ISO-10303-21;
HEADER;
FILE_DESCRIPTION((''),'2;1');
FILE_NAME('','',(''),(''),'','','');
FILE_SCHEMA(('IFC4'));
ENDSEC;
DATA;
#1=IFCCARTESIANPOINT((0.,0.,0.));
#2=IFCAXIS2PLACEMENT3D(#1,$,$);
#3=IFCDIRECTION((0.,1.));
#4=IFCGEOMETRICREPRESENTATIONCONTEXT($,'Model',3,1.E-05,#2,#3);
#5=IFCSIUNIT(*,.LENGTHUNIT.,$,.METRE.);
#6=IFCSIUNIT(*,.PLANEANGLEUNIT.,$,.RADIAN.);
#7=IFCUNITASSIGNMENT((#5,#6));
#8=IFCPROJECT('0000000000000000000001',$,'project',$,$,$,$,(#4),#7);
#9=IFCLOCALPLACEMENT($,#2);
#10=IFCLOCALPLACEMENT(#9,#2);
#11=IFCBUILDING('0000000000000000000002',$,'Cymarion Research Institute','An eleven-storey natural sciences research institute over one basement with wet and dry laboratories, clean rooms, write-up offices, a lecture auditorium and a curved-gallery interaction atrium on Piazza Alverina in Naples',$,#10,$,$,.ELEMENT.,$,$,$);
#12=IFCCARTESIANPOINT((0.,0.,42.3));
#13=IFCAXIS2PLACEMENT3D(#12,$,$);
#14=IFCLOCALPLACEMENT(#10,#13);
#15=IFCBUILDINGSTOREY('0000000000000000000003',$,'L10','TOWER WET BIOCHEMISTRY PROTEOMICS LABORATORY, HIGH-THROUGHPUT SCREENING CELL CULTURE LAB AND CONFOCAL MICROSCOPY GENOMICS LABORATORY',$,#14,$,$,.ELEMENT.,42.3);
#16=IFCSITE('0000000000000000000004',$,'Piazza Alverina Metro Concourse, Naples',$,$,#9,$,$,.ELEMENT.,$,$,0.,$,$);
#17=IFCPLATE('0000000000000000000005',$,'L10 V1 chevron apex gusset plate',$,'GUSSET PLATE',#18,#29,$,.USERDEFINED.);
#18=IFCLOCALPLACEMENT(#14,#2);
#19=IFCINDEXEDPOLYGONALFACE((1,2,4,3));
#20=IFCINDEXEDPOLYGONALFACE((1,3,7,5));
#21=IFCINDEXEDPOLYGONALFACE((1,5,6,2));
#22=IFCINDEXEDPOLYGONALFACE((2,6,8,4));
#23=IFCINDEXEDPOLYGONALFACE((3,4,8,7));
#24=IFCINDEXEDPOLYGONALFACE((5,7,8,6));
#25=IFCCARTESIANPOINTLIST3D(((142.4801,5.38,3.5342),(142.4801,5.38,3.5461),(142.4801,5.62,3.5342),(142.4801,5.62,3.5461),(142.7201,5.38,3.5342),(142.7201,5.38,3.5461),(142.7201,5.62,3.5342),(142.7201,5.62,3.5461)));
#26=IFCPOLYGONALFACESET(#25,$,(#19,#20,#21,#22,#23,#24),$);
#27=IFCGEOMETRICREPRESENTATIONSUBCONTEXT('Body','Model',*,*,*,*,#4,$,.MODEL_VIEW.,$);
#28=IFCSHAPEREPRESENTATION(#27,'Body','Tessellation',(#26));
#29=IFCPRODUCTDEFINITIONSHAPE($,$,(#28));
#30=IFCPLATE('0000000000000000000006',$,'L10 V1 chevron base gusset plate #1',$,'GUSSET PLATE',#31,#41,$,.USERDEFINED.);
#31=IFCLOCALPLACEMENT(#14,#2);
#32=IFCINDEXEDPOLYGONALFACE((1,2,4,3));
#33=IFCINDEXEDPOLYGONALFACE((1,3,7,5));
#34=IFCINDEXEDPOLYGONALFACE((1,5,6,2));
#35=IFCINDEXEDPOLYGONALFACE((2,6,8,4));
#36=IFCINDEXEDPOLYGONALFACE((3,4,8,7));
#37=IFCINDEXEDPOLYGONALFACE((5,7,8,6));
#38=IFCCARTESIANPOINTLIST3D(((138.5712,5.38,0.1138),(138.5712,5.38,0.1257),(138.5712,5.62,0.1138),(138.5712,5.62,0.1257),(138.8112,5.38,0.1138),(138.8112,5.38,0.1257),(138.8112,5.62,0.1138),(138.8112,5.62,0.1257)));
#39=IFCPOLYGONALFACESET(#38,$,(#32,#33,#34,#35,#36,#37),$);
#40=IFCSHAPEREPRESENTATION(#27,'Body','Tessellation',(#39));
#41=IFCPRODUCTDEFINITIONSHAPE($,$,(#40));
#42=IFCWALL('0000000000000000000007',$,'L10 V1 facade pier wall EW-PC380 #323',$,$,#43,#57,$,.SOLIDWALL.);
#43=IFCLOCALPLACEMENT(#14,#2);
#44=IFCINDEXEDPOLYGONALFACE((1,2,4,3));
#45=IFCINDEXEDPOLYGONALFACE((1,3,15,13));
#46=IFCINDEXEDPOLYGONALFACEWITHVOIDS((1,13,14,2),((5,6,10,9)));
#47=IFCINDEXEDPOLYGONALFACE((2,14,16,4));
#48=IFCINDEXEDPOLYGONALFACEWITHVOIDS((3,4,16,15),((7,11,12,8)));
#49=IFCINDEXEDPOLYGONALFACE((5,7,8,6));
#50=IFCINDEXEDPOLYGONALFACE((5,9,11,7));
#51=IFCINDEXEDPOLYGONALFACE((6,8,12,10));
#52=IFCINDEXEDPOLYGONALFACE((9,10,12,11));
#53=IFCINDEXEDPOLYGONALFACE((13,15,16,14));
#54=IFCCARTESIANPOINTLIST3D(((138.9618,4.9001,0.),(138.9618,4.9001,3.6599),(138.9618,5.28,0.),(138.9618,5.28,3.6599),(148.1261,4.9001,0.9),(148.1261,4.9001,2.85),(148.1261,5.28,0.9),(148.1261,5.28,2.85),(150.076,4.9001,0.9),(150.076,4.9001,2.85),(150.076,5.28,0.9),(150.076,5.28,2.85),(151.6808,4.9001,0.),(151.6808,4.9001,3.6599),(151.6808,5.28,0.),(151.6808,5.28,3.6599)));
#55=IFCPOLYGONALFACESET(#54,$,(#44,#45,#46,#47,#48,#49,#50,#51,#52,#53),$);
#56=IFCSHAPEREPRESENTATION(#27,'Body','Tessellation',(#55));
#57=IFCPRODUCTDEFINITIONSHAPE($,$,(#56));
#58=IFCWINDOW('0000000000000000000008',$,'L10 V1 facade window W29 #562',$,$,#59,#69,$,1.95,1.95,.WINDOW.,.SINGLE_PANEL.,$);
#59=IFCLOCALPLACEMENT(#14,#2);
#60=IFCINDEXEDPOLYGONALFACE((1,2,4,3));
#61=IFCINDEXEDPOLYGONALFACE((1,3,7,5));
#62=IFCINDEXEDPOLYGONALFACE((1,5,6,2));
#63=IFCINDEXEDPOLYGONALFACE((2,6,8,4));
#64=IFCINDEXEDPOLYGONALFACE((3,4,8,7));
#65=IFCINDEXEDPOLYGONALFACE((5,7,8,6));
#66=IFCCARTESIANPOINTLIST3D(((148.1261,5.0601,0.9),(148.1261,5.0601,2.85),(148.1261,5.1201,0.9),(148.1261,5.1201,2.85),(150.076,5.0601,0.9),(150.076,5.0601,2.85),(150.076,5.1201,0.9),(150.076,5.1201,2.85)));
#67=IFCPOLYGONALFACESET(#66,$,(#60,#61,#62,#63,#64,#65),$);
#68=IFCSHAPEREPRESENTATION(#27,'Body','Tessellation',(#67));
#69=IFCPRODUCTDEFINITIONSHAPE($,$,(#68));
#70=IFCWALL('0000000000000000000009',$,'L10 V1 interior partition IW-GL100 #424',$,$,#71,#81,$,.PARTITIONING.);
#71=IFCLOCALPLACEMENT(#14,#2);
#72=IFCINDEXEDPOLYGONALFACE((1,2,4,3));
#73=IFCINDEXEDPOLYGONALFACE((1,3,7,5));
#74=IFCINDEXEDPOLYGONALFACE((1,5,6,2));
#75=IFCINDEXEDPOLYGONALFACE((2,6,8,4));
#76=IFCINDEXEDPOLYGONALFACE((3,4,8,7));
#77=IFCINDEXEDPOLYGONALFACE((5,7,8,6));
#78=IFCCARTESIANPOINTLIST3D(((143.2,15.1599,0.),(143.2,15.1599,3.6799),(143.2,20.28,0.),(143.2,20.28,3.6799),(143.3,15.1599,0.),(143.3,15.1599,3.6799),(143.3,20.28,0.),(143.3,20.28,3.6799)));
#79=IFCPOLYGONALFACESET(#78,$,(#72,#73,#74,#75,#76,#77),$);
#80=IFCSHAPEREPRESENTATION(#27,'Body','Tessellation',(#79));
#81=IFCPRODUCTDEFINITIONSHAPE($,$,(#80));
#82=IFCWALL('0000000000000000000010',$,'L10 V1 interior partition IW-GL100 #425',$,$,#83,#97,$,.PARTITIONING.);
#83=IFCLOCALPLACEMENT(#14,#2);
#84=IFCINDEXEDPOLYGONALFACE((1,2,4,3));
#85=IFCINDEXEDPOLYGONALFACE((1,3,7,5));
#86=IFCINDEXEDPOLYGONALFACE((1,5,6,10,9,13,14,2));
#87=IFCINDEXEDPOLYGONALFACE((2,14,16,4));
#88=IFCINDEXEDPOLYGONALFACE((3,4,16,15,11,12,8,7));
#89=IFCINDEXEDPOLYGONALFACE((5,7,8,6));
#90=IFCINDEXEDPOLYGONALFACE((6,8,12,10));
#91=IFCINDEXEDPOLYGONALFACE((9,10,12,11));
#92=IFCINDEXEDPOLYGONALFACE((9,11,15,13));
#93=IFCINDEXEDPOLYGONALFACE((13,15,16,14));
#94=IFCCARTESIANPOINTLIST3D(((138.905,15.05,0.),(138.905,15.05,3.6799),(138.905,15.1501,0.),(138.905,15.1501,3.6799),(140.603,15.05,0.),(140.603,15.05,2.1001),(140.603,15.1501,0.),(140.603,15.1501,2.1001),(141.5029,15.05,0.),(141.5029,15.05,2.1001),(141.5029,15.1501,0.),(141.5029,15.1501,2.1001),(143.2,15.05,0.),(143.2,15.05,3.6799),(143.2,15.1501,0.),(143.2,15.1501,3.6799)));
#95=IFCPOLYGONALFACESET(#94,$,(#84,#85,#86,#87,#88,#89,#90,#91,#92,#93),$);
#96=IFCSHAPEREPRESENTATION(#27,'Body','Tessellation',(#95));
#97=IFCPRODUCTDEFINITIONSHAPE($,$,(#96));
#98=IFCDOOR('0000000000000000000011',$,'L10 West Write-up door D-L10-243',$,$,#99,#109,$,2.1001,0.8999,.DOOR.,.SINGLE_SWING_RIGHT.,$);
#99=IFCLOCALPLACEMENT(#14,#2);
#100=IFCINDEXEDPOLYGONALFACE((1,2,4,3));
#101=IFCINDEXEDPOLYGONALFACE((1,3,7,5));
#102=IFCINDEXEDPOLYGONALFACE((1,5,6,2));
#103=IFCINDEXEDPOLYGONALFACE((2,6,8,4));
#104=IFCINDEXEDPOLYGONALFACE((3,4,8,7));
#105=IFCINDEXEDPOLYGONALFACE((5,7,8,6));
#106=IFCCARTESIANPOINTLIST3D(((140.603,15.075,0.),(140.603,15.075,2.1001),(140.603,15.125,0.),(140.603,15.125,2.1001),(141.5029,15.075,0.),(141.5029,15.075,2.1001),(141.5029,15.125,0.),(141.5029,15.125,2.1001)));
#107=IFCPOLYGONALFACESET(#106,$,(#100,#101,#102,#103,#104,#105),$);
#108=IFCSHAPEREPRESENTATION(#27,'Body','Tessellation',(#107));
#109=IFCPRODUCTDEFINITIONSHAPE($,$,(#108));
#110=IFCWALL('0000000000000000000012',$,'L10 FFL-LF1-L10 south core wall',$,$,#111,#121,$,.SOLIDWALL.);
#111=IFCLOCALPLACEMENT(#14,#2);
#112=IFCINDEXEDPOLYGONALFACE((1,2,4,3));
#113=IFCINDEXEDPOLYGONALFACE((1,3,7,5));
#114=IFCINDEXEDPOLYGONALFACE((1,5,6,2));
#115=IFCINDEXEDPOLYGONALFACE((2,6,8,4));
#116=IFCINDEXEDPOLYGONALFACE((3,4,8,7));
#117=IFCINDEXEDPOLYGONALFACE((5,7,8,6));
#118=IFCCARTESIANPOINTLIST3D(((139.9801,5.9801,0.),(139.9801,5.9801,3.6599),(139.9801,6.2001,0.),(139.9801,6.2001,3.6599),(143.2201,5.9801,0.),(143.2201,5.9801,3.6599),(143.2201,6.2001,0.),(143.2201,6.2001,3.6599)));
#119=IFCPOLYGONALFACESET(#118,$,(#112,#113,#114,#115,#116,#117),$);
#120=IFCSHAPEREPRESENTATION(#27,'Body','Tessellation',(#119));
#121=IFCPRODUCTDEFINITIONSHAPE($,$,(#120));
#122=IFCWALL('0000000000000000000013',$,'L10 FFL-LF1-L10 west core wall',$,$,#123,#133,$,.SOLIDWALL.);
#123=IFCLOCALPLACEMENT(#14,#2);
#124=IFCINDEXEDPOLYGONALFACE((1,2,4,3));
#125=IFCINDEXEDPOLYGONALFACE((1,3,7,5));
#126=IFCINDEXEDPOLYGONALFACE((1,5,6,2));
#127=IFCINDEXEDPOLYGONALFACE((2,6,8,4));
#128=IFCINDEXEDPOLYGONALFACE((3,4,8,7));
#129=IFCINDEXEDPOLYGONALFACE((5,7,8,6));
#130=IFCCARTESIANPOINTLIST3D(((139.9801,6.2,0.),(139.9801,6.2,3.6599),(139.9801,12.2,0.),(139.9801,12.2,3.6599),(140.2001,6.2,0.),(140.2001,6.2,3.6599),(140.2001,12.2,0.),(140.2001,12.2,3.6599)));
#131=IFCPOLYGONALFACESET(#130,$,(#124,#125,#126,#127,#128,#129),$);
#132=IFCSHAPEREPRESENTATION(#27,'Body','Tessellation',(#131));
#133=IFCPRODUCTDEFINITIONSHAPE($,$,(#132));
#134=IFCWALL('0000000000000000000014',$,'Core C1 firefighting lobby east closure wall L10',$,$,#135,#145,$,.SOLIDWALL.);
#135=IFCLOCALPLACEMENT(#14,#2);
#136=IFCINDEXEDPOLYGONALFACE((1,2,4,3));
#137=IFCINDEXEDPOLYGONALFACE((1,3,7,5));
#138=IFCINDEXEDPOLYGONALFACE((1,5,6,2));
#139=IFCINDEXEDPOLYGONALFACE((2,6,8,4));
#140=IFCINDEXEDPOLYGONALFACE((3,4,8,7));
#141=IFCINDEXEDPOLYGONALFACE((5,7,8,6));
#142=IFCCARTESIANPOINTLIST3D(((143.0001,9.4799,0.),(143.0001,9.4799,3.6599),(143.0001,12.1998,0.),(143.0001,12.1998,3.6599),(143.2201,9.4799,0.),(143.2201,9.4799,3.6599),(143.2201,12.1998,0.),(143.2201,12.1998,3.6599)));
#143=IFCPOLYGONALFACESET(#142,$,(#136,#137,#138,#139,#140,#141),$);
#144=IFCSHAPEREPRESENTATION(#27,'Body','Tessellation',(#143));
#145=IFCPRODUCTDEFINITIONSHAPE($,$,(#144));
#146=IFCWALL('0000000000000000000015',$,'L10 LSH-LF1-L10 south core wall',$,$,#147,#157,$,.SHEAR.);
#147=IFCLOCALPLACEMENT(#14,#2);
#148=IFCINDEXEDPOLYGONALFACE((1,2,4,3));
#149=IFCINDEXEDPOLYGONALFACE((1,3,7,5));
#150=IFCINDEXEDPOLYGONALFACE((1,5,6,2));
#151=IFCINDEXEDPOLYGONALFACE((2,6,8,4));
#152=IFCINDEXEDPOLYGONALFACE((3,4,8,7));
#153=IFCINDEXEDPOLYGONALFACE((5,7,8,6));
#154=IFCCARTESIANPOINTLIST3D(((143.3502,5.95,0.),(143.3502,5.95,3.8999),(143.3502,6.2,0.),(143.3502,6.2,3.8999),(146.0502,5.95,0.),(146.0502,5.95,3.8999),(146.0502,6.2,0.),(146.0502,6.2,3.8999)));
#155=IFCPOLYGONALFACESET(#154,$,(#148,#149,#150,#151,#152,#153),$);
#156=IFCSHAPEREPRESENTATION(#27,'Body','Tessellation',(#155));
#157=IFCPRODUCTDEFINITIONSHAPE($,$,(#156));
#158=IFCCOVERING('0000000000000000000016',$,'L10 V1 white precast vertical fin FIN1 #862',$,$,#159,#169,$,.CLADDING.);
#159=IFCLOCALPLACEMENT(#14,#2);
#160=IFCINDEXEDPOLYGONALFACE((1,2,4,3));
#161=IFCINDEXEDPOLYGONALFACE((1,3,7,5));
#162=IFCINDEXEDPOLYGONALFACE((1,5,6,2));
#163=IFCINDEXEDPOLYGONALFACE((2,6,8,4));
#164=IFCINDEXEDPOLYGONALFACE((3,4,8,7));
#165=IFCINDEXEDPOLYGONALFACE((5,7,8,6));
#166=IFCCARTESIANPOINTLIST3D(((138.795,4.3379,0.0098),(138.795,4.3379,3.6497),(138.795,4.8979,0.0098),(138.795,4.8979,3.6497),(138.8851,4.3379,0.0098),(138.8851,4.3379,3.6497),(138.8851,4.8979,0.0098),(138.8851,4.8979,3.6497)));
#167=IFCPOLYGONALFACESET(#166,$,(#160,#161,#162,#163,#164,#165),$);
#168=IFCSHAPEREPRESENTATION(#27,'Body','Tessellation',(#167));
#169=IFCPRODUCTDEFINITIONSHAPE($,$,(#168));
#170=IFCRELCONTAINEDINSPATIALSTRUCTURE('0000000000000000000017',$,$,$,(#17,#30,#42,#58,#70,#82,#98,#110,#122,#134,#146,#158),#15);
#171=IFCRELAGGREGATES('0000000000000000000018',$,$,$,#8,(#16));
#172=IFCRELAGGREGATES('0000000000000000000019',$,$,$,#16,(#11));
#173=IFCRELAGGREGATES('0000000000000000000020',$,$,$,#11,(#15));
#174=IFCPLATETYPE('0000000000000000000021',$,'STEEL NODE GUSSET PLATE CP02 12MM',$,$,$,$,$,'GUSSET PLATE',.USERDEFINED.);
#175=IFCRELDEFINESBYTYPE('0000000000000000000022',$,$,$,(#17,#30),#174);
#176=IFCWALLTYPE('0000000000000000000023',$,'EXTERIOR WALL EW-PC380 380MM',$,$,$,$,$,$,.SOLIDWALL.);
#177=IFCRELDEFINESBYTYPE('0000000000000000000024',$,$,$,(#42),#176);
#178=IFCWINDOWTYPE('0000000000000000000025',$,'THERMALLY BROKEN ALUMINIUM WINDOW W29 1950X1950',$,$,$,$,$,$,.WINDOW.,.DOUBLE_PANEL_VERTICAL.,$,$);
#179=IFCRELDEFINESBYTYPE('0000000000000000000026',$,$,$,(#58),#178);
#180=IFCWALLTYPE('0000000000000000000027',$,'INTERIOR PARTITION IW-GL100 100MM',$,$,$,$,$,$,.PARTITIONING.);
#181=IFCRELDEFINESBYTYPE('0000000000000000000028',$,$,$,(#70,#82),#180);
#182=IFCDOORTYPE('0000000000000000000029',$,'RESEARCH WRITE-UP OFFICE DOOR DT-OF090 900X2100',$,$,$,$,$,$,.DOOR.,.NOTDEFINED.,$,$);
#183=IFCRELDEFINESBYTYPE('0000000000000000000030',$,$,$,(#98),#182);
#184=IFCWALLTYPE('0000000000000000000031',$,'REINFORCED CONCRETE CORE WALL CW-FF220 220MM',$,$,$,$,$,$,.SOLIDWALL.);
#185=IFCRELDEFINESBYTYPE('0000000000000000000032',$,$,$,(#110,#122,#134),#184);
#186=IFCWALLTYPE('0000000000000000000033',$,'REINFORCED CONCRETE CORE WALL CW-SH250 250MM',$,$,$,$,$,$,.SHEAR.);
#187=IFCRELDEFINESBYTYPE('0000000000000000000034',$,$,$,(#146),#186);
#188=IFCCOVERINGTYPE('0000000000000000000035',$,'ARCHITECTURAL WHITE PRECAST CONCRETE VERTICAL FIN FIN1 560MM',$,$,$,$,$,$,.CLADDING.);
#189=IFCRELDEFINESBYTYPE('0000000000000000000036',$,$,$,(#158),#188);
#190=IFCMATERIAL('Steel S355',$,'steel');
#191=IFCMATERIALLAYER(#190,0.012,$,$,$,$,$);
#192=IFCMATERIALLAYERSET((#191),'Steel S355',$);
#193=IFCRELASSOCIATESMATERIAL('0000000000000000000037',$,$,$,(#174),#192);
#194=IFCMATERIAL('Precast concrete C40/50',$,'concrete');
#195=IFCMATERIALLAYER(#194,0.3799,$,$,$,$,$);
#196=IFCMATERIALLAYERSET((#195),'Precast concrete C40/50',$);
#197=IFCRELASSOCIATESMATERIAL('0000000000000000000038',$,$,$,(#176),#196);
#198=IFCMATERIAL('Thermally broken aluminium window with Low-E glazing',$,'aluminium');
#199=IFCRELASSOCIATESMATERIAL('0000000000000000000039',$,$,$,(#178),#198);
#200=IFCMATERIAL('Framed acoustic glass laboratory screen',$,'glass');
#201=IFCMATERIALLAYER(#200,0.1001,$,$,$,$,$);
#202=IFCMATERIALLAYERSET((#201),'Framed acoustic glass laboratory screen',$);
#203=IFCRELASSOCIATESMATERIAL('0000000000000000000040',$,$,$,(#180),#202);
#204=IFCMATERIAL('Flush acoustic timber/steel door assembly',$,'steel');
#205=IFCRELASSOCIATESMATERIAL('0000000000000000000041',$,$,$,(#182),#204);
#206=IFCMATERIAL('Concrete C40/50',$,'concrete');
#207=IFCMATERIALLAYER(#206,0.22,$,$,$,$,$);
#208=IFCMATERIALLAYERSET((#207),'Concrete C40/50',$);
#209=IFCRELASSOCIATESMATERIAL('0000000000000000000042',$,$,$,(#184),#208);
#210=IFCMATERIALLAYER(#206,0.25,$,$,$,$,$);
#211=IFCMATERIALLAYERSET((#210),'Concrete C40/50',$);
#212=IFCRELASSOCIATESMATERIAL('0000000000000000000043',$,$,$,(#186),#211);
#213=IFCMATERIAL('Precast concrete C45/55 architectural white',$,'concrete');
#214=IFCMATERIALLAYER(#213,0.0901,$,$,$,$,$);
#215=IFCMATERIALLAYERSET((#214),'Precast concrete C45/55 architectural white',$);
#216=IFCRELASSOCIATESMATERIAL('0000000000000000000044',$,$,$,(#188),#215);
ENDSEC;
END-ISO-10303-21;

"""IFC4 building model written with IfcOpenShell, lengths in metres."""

from ifc_helpers import new_model, si_unit, direction, frame, frame_2d, origin, origin_2d, place, context, subcontext, project, spatial, rectangle, extrude, material, layer, layer_set, type_object, element, fill, save


model = new_model("IFC4")

# Units and contexts
model_context = context("Model", 3, precision=1e-05, world=origin(), true_north=direction((0.0, 1.0)))
body_context = subcontext(model_context, "Body", "Model", "MODEL_VIEW")
ifc_project = project(units=[si_unit("LENGTHUNIT", "METRE"), si_unit("PLANEANGLEUNIT", "RADIAN")], contexts=[model_context])

# Site, building, storey
site_placement = place(None, origin())
site = spatial("IfcSite", under=ifc_project, at=site_placement, Name="Piazza Alverina Metro Concourse, Naples", CompositionType="ELEMENT", RefElevation=0.0)
building_placement = place(site_placement, origin())
building = spatial("IfcBuilding", under=site, at=building_placement, Name="Cymarion Research Institute", Description="An eleven-storey natural sciences research institute over one basement with wet and dry laboratories, clean rooms, write-up offices, a lecture auditorium and a curved-gallery interaction atrium on Piazza Alverina in Naples", CompositionType="ELEMENT")
storey_placement = place(building_placement, frame((0.0, 0.0, 42.3)))
storey = spatial("IfcBuildingStorey", under=building, at=storey_placement, Name="L10", Description="TOWER WET BIOCHEMISTRY PROTEOMICS LABORATORY, HIGH-THROUGHPUT SCREENING CELL CULTURE LAB AND CONFOCAL MICROSCOPY GENOMICS LABORATORY", CompositionType="ELEMENT", Elevation=42.3)

# Plates
ifc_material_1 = material(Name="Steel S355", Category="steel")
ifc_layer_1 = layer(ifc_material_1, 0.012)
ifc_layer_set_1 = layer_set([ifc_layer_1], Name="Steel S355")
plate_type = type_object("IfcPlateType", Name="STEEL NODE GUSSET PLATE CP02 12MM", ElementType="GUSSET PLATE", PredefinedType="USERDEFINED", material=ifc_layer_set_1)
for number, where, z_axis, x_axis, name in (
    (1, (142.6001, 5.5, 3.5342), (0.0, 0.0, 1.0), (1.0, 0.0, 0.0), "L10 V1 chevron apex gusset plate"),
    (2, (138.6912, 5.5, 0.1138), (0.0, 0.0, 1.0), (1.0, 0.0, 0.0), "L10 V1 chevron base gusset plate #1"),
):
    element("IfcPlate", number, at=place(storey_placement, frame(where, z_axis=z_axis, x_axis=x_axis)), inside=storey, type_object=plate_type, Name=name, ObjectType="GUSSET PLATE", PredefinedType="USERDEFINED", context=body_context, shape_type="SweptSolid", body=[
        extrude(rectangle(XDim=0.24, YDim=0.24, at=origin_2d()), origin(), (0.0, 0.0, 1.0), 0.012),
    ])

# Wall, opening, window
ifc_material_2 = material(Name="Precast concrete C40/50", Category="concrete")
ifc_layer_2 = layer(ifc_material_2, 0.3799)
ifc_layer_set_2 = layer_set([ifc_layer_2], Name="Precast concrete C40/50")
wall_type_1 = type_object("IfcWallType", Name="EXTERIOR WALL EW-PC380 380MM", PredefinedType="SOLIDWALL", material=ifc_layer_set_2)
wall_1_placement = place(storey_placement, frame((138.9619, 5.0901, 0.0), z_axis=(0.0, 0.0, 1.0), x_axis=(1.0, 0.0, 0.0)))
wall_1 = element("IfcWall", 3, at=wall_1_placement, inside=storey, type_object=wall_type_1, Name="L10 V1 facade pier wall EW-PC380 #323", PredefinedType="SOLIDWALL", context=body_context, shape_type="SweptSolid", body=[
    extrude(rectangle(XDim=12.719, YDim=0.3799, at=frame_2d((6.3594, 0.0))), origin(), (0.0, 0.0, 1.0), 3.6599),
])
opening_1_placement = place(wall_1_placement, frame((9.1641, 0.0, 0.8999)))
opening_1 = element("IfcOpeningElement", 4, at=opening_1_placement, cuts=wall_1, PredefinedType="OPENING", context=body_context, shape_type="SweptSolid", body=[
    extrude(rectangle(XDim=1.95, YDim=1.95, at=frame_2d((0.9751, 0.9751))), frame((0.0, 0.2, 0.0), z_axis=(0.0, -1.0, 0.0), x_axis=(1.0, 0.0, 0.0)), (0.0, 0.0, 1.0), 0.3999),
])
ifc_material_3 = material(Name="Thermally broken aluminium window with Low-E glazing", Category="aluminium")
window_type = type_object("IfcWindowType", Name="THERMALLY BROKEN ALUMINIUM WINDOW W29 1950X1950", PartitioningType="DOUBLE_PANEL_VERTICAL", PredefinedType="WINDOW", material=ifc_material_3)
window_placement = place(opening_1_placement, origin())
window = element("IfcWindow", 5, at=window_placement, inside=storey, type_object=window_type, Name="L10 V1 facade window W29 #562", OverallHeight=1.95, OverallWidth=1.95, PartitioningType="SINGLE_PANEL", PredefinedType="WINDOW", context=body_context, shape_type="SweptSolid", body=[
    extrude(rectangle(XDim=1.95, YDim=1.95, at=frame_2d((0.9751, 0.9751))), frame((0.0, 0.03, 0.0), z_axis=(0.0, -1.0, 0.0), x_axis=(1.0, 0.0, 0.0)), (0.0, 0.0, 1.0), 0.0601),
])
fill(opening_1, window)

# Wall
ifc_material_4 = material(Name="Framed acoustic glass laboratory screen", Category="glass")
ifc_layer_3 = layer(ifc_material_4, 0.1001)
ifc_layer_set_3 = layer_set([ifc_layer_3], Name="Framed acoustic glass laboratory screen")
wall_type_2 = type_object("IfcWallType", Name="INTERIOR PARTITION IW-GL100 100MM", PredefinedType="PARTITIONING", material=ifc_layer_set_3)
wall_2_placement = place(storey_placement, frame((143.25, 15.1599, 0.0), z_axis=(0.0, 0.0, 1.0), x_axis=(0.0, 1.0, 0.0)))
element("IfcWall", 6, at=wall_2_placement, inside=storey, type_object=wall_type_2, Name="L10 V1 interior partition IW-GL100 #424", PredefinedType="PARTITIONING", context=body_context, shape_type="SweptSolid", body=[
    extrude(rectangle(XDim=5.1201, YDim=0.1001, at=frame_2d((2.5601, 0.0))), origin(), (0.0, 0.0, 1.0), 3.6799),
])

# Wall, opening, door
wall_3_placement = place(storey_placement, frame((138.905, 15.1001, 0.0), z_axis=(0.0, 0.0, 1.0), x_axis=(1.0, 0.0, 0.0)))
wall_3 = element("IfcWall", 7, at=wall_3_placement, inside=storey, type_object=wall_type_2, Name="L10 V1 interior partition IW-GL100 #425", PredefinedType="PARTITIONING", context=body_context, shape_type="SweptSolid", body=[
    extrude(rectangle(XDim=4.2949, YDim=0.1001, at=frame_2d((2.1475, 0.0))), origin(), (0.0, 0.0, 1.0), 3.6799),
])
opening_2_placement = place(wall_3_placement, frame((1.698, 0.0, 0.0)))
opening_2 = element("IfcOpeningElement", 8, at=opening_2_placement, cuts=wall_3, PredefinedType="OPENING", context=body_context, shape_type="SweptSolid", body=[
    extrude(rectangle(XDim=0.8999, YDim=2.1001, at=frame_2d((0.45, 1.05))), frame((0.0, 0.0601, 0.0), z_axis=(0.0, -1.0, 0.0), x_axis=(1.0, 0.0, 0.0)), (0.0, 0.0, 1.0), 0.1201),
])
ifc_material_5 = material(Name="Flush acoustic timber/steel door assembly", Category="steel")
door_type_1 = type_object("IfcDoorType", Name="RESEARCH WRITE-UP OFFICE DOOR DT-OF090 900X2100", OperationType="NOTDEFINED", PredefinedType="DOOR", material=ifc_material_5)
door_1_placement = place(opening_2_placement, origin())
door_1 = element("IfcDoor", 9, at=door_1_placement, inside=storey, type_object=door_type_1, Name="L10 West Write-up door D-L10-243", OperationType="SINGLE_SWING_RIGHT", OverallHeight=2.1001, OverallWidth=0.8999, PredefinedType="DOOR", context=body_context, shape_type="SweptSolid", body=[
    extrude(rectangle(XDim=0.8999, YDim=2.1001, at=frame_2d((0.45, 1.05))), frame((0.0, 0.0249, 0.0), z_axis=(0.0, -1.0, 0.0), x_axis=(1.0, 0.0, 0.0)), (0.0, 0.0, 1.0), 0.05),
])
fill(opening_2, door_1)

# Wall
ifc_material_6 = material(Name="Concrete C40/50", Category="concrete")
ifc_layer_4 = layer(ifc_material_6, 0.22)
ifc_layer_set_4 = layer_set([ifc_layer_4], Name="Concrete C40/50")
wall_type_3 = type_object("IfcWallType", Name="REINFORCED CONCRETE CORE WALL CW-FF220 220MM", PredefinedType="SOLIDWALL", material=ifc_layer_set_4)
wall_4_placement = place(storey_placement, frame((139.98, 6.0901, 0.0), z_axis=(0.0, 0.0, 1.0), x_axis=(1.0, 0.0, 0.0)))
element("IfcWall", 10, at=wall_4_placement, inside=storey, type_object=wall_type_3, Name="L10 FFL-LF1-L10 south core wall", PredefinedType="SOLIDWALL", context=body_context, shape_type="SweptSolid", body=[
    extrude(rectangle(XDim=3.24, YDim=0.22, at=frame_2d((1.6201, 0.0))), origin(), (0.0, 0.0, 1.0), 3.6599),
])

# Walls
wall_5_placement = place(storey_placement, frame((140.0901, 12.2, 0.0), z_axis=(0.0, 0.0, 1.0), x_axis=(0.0, -1.0, 0.0)))
element("IfcWall", 11, at=wall_5_placement, inside=storey, type_object=wall_type_3, Name="L10 FFL-LF1-L10 west core wall", PredefinedType="SOLIDWALL", context=body_context, shape_type="SweptSolid", body=[
    extrude(rectangle(XDim=6.0, YDim=0.22, at=frame_2d((3.0, 0.0))), origin(), (0.0, 0.0, 1.0), 3.6599),
])
wall_6_placement = place(storey_placement, frame((143.1101, 9.48, 0.0), z_axis=(0.0, 0.0, 1.0), x_axis=(0.0, 1.0, 0.0)))
element("IfcWall", 12, at=wall_6_placement, inside=storey, type_object=wall_type_3, Name="Core C1 firefighting lobby east closure wall L10", PredefinedType="SOLIDWALL", context=body_context, shape_type="SweptSolid", body=[
    extrude(rectangle(XDim=2.72, YDim=0.22, at=frame_2d((1.3599, 0.0))), origin(), (0.0, 0.0, 1.0), 3.6599),
])
ifc_layer_5 = layer(ifc_material_6, 0.25)
ifc_layer_set_5 = layer_set([ifc_layer_5], Name="Concrete C40/50")
wall_type_4 = type_object("IfcWallType", Name="REINFORCED CONCRETE CORE WALL CW-SH250 250MM", PredefinedType="SHEAR", material=ifc_layer_set_5)
wall_7_placement = place(storey_placement, frame((143.3501, 6.075, 0.0), z_axis=(0.0, 0.0, 1.0), x_axis=(1.0, 0.0, 0.0)))
element("IfcWall", 13, at=wall_7_placement, inside=storey, type_object=wall_type_4, Name="L10 LSH-LF1-L10 south core wall", PredefinedType="SHEAR", context=body_context, shape_type="SweptSolid", body=[
    extrude(rectangle(XDim=2.7, YDim=0.25, at=frame_2d((1.3501, 0.0))), origin(), (0.0, 0.0, 1.0), 3.8999),
])

# Covering
ifc_material_7 = material(Name="Precast concrete C45/55 architectural white", Category="concrete")
ifc_layer_6 = layer(ifc_material_7, 0.0901)
ifc_layer_set_6 = layer_set([ifc_layer_6], Name="Precast concrete C45/55 architectural white")
covering_type = type_object("IfcCoveringType", Name="ARCHITECTURAL WHITE PRECAST CONCRETE VERTICAL FIN FIN1 560MM", PredefinedType="CLADDING", material=ifc_layer_set_6)
covering_placement = place(storey_placement, frame((138.8401, 4.6179, 0.0098), z_axis=(0.0, 0.0, 1.0), x_axis=(0.0, -1.0, 0.0)))
element("IfcCovering", 14, at=covering_placement, inside=storey, type_object=covering_type, Name="L10 V1 white precast vertical fin FIN1 #862", PredefinedType="CLADDING", context=body_context, shape_type="SweptSolid", body=[
    extrude(rectangle(XDim=0.5601, YDim=0.0901, at=origin_2d()), origin(), (0.0, 0.0, 1.0), 3.6399),
])

save(model, "model.ifc")
